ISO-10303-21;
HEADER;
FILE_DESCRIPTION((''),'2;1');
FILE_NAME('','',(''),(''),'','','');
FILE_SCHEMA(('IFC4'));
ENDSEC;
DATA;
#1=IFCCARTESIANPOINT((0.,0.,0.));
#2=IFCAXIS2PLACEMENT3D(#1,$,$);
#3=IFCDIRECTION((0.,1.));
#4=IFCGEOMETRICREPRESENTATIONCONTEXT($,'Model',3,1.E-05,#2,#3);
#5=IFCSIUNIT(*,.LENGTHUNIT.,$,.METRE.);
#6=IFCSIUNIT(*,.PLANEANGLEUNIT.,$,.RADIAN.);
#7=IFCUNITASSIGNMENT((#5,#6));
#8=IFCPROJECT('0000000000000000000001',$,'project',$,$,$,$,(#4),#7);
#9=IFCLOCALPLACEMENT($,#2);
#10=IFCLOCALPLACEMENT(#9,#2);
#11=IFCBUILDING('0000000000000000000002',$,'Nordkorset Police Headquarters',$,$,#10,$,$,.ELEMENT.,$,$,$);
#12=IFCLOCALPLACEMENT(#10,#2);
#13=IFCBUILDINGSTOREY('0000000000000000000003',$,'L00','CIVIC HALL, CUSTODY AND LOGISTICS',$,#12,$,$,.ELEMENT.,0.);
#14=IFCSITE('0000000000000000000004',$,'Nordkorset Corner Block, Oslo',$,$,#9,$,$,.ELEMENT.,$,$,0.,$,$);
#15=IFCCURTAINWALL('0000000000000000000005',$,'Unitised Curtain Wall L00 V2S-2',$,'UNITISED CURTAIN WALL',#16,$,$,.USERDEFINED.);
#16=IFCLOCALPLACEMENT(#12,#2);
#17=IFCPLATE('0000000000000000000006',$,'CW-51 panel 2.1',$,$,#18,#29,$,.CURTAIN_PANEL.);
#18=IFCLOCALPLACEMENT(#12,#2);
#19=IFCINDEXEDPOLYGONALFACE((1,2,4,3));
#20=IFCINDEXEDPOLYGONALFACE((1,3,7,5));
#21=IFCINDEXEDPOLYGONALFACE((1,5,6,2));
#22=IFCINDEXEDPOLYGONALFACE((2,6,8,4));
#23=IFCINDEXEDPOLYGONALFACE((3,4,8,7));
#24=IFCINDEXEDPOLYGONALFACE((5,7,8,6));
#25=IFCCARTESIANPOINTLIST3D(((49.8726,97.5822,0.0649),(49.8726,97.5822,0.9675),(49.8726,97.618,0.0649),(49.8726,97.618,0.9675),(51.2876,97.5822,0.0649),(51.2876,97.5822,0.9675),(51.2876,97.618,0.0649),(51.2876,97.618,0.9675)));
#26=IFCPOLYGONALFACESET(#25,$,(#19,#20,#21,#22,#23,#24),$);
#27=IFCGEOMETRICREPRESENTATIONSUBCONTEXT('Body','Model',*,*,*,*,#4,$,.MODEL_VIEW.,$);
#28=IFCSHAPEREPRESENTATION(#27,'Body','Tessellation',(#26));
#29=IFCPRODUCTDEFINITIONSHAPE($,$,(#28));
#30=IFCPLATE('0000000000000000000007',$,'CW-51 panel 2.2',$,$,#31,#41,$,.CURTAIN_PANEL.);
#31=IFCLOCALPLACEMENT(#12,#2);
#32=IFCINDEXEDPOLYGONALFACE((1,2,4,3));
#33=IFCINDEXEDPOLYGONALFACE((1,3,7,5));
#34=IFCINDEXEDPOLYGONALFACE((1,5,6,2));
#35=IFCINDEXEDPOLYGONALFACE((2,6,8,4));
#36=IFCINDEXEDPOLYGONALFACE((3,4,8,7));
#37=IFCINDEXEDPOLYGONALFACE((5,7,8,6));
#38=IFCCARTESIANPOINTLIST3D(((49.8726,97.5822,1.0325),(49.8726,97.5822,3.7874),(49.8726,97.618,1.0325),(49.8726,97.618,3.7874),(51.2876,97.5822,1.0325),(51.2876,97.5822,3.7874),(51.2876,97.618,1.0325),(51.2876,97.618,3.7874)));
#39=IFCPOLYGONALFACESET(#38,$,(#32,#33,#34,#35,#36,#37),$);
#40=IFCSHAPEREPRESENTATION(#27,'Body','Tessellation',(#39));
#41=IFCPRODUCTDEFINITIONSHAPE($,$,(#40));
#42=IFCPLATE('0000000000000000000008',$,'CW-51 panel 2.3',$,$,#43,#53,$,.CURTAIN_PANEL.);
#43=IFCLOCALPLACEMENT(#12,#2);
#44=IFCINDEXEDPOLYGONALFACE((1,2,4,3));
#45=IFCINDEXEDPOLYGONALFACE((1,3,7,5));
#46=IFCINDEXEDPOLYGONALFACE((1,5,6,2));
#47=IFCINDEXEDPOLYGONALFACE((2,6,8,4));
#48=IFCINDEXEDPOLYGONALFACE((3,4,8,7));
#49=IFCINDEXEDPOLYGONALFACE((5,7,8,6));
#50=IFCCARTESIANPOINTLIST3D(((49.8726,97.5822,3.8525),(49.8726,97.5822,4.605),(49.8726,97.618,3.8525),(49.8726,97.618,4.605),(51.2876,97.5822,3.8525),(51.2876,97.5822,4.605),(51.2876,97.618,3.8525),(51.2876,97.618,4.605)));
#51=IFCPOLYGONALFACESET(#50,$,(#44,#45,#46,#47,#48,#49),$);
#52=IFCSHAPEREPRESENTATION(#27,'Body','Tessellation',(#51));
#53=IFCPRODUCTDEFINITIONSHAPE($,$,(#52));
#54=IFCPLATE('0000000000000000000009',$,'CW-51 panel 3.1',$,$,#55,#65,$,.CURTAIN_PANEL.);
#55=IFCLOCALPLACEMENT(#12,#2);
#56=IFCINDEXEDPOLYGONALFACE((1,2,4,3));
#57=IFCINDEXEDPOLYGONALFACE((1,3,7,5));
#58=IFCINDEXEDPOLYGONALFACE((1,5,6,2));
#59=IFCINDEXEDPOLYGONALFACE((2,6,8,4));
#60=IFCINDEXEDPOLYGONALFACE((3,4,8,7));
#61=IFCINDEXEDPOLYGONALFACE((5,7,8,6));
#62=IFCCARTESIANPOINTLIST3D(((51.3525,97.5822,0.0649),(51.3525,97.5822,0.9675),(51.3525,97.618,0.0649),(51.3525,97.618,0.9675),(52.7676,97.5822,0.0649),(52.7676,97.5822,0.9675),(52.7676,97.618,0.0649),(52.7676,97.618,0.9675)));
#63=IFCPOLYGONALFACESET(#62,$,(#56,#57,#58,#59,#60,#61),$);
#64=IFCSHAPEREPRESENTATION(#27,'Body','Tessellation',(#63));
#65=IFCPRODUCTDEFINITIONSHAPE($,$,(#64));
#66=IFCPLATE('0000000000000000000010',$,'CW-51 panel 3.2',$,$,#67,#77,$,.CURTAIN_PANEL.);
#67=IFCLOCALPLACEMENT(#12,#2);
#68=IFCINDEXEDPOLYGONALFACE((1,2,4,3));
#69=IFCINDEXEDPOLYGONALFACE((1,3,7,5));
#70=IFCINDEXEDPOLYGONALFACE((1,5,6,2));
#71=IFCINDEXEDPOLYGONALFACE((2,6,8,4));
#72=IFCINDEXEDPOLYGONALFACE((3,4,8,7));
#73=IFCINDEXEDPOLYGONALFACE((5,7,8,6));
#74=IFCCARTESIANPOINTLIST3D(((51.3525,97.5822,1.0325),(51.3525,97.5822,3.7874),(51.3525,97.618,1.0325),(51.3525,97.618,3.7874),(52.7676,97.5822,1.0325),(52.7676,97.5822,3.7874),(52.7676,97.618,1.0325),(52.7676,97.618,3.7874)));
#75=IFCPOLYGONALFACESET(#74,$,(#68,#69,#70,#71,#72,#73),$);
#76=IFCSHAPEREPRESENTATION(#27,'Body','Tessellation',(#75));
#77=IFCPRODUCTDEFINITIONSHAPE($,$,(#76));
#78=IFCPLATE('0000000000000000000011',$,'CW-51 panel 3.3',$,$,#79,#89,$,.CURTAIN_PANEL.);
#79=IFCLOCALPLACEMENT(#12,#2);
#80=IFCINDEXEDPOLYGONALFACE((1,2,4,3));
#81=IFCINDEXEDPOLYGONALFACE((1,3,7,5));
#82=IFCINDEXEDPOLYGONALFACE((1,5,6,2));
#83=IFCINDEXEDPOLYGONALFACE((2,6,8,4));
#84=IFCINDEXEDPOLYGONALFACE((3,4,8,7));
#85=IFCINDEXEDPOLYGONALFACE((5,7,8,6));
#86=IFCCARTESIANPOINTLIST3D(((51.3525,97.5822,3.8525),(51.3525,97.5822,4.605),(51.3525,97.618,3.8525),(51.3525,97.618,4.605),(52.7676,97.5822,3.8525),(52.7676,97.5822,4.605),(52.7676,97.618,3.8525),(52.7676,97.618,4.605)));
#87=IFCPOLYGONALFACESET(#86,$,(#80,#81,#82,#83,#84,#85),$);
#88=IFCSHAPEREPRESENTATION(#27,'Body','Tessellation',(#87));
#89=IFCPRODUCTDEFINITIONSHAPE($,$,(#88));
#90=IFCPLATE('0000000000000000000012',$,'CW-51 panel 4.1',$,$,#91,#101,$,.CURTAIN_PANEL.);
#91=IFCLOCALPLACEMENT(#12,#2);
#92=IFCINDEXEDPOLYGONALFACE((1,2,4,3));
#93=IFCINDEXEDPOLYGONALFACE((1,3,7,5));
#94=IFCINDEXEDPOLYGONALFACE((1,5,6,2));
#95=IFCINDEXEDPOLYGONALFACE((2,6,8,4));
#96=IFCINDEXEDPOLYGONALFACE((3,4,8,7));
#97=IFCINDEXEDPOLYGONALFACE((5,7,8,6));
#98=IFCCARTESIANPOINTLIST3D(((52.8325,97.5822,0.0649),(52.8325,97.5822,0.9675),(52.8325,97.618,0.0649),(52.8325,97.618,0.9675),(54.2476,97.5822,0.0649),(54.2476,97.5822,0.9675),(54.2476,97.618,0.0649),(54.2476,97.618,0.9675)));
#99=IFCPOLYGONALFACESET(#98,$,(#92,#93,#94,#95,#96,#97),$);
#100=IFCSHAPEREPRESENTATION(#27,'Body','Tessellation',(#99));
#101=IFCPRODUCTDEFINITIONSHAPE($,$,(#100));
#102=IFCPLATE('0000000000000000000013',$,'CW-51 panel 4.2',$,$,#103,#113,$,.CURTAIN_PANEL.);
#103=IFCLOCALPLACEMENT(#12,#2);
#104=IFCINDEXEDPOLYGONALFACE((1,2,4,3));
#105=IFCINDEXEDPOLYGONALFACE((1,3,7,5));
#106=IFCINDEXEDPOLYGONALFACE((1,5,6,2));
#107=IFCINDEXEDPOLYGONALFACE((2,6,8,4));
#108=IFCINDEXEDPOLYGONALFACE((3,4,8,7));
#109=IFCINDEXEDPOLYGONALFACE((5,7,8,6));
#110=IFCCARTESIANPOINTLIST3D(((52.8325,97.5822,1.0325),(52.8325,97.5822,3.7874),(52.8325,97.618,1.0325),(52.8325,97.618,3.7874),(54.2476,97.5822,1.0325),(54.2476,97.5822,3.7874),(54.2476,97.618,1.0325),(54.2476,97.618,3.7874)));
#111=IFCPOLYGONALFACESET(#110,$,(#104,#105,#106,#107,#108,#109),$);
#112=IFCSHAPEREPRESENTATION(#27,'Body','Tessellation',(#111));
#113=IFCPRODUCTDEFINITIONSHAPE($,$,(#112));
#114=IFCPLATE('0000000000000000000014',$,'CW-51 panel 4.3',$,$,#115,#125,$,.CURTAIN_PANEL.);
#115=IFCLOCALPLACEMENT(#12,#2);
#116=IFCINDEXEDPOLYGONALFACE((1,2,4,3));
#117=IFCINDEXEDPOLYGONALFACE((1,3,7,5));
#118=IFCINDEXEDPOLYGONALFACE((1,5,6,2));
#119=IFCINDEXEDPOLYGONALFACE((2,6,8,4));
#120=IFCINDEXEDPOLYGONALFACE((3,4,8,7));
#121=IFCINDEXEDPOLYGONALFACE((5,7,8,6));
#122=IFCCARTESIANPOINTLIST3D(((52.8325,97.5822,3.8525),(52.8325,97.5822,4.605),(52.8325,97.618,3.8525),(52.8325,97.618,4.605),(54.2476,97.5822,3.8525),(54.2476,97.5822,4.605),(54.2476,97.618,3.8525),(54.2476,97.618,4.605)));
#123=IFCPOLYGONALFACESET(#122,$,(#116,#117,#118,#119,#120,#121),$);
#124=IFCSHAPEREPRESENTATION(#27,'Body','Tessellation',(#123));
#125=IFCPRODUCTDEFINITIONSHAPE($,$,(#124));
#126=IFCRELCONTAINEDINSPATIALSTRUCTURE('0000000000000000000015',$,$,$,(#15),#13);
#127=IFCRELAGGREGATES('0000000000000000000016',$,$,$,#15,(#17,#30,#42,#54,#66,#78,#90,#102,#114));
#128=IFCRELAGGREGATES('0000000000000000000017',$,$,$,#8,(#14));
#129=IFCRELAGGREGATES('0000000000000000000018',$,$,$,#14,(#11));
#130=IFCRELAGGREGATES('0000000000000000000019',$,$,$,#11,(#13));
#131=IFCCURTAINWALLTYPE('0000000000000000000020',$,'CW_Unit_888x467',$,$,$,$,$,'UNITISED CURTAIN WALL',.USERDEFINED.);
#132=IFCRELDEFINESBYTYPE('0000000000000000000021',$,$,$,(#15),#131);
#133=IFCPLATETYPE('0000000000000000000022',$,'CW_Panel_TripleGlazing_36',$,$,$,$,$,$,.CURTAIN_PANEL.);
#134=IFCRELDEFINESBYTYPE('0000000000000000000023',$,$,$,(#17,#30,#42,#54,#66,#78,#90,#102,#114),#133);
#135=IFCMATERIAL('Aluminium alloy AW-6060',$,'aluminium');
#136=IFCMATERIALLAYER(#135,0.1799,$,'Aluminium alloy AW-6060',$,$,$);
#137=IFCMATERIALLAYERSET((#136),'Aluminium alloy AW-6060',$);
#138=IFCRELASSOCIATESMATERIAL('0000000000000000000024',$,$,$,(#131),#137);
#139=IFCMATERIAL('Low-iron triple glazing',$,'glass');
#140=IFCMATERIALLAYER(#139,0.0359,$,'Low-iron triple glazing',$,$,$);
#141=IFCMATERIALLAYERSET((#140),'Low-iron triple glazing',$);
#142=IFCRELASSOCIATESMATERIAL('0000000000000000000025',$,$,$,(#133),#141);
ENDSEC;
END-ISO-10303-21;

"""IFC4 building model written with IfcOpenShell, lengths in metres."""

from ifc_helpers import new_model, si_unit, direction, frame, origin, origin_2d, place, context, subcontext, project, spatial, rectangle, extrude, material, layer, layer_set, type_object, element, aggregate, save


model = new_model("IFC4")

# Units and contexts
model_context = context("Model", 3, precision=1e-05, world=origin(), true_north=direction((0.0, 1.0)))
body_context = subcontext(model_context, "Body", "Model", "MODEL_VIEW")
ifc_project = project(units=[si_unit("LENGTHUNIT", "METRE"), si_unit("PLANEANGLEUNIT", "RADIAN")], contexts=[model_context])

# Site, building, storey
site_placement = place(None, origin())
site = spatial("IfcSite", under=ifc_project, at=site_placement, Name="Nordkorset Corner Block, Oslo", CompositionType="ELEMENT", RefElevation=0.0)
building_placement = place(site_placement, origin())
building = spatial("IfcBuilding", under=site, at=building_placement, Name="Nordkorset Police Headquarters", CompositionType="ELEMENT")
storey_placement = place(building_placement, origin())
storey = spatial("IfcBuildingStorey", under=building, at=storey_placement, Name="L00", Description="CIVIC HALL, CUSTODY AND LOGISTICS", CompositionType="ELEMENT", Elevation=0.0)

# Curtain wall, plates
ifc_material_1 = material(Name="Aluminium alloy AW-6060", Category="aluminium")
ifc_layer_1 = layer(ifc_material_1, 0.1799, Name="Aluminium alloy AW-6060")
ifc_layer_set_1 = layer_set([ifc_layer_1], Name="Aluminium alloy AW-6060")
curtain_wall_type = type_object("IfcCurtainWallType", Name="CW_Unit_888x467", ElementType="UNITISED CURTAIN WALL", PredefinedType="USERDEFINED", material=ifc_layer_set_1)
curtain_wall_placement = place(storey_placement, origin())
curtain_wall = element("IfcCurtainWall", 1, at=curtain_wall_placement, inside=storey, type_object=curtain_wall_type, Name="Unitised Curtain Wall L00 V2S-2", ObjectType="UNITISED CURTAIN WALL", PredefinedType="USERDEFINED")
ifc_material_2 = material(Name="Low-iron triple glazing", Category="glass")
ifc_layer_2 = layer(ifc_material_2, 0.0359, Name="Low-iron triple glazing")
ifc_layer_set_2 = layer_set([ifc_layer_2], Name="Low-iron triple glazing")
plate_type = type_object("IfcPlateType", Name="CW_Panel_TripleGlazing_36", PredefinedType="CURTAIN_PANEL", material=ifc_layer_set_2)
plate_1_placement = place(storey_placement, frame((50.5801, 97.6001, 0.0649), z_axis=(0.0, 0.0, 1.0), x_axis=(1.0, 0.0, 0.0)))
plate_1 = element("IfcPlate", 2, at=plate_1_placement, type_object=plate_type, Name="CW-51 panel 2.1", PredefinedType="CURTAIN_PANEL", context=body_context, shape_type="SweptSolid", body=[
    extrude(rectangle(XDim=1.415, YDim=0.0359, at=origin_2d()), origin(), (0.0, 0.0, 1.0), 0.9026),
])
plate_2_placement = place(storey_placement, frame((50.5801, 97.6001, 1.0325), z_axis=(0.0, 0.0, 1.0), x_axis=(1.0, 0.0, 0.0)))
plate_2 = element("IfcPlate", 3, at=plate_2_placement, type_object=plate_type, Name="CW-51 panel 2.2", PredefinedType="CURTAIN_PANEL", context=body_context, shape_type="SweptSolid", body=[
    extrude(rectangle(XDim=1.415, YDim=0.0359, at=origin_2d()), origin(), (0.0, 0.0, 1.0), 2.7549),
])
plate_3_placement = place(storey_placement, frame((50.5801, 97.6001, 3.8525), z_axis=(0.0, 0.0, 1.0), x_axis=(1.0, 0.0, 0.0)))
plate_3 = element("IfcPlate", 4, at=plate_3_placement, type_object=plate_type, Name="CW-51 panel 2.3", PredefinedType="CURTAIN_PANEL", context=body_context, shape_type="SweptSolid", body=[
    extrude(rectangle(XDim=1.415, YDim=0.0359, at=origin_2d()), origin(), (0.0, 0.0, 1.0), 0.7524),
])
plate_4_placement = place(storey_placement, frame((52.0601, 97.6001, 0.0649), z_axis=(0.0, 0.0, 1.0), x_axis=(1.0, 0.0, 0.0)))
plate_4 = element("IfcPlate", 5, at=plate_4_placement, type_object=plate_type, Name="CW-51 panel 3.1", PredefinedType="CURTAIN_PANEL", context=body_context, shape_type="SweptSolid", body=[
    extrude(rectangle(XDim=1.415, YDim=0.0359, at=origin_2d()), origin(), (0.0, 0.0, 1.0), 0.9026),
])
plate_5_placement = place(storey_placement, frame((52.0601, 97.6001, 1.0325), z_axis=(0.0, 0.0, 1.0), x_axis=(1.0, 0.0, 0.0)))
plate_5 = element("IfcPlate", 6, at=plate_5_placement, type_object=plate_type, Name="CW-51 panel 3.2", PredefinedType="CURTAIN_PANEL", context=body_context, shape_type="SweptSolid", body=[
    extrude(rectangle(XDim=1.415, YDim=0.0359, at=origin_2d()), origin(), (0.0, 0.0, 1.0), 2.7549),
])
plate_6_placement = place(storey_placement, frame((52.0601, 97.6001, 3.8525), z_axis=(0.0, 0.0, 1.0), x_axis=(1.0, 0.0, 0.0)))
plate_6 = element("IfcPlate", 7, at=plate_6_placement, type_object=plate_type, Name="CW-51 panel 3.3", PredefinedType="CURTAIN_PANEL", context=body_context, shape_type="SweptSolid", body=[
    extrude(rectangle(XDim=1.415, YDim=0.0359, at=origin_2d()), origin(), (0.0, 0.0, 1.0), 0.7524),
])
plate_7_placement = place(storey_placement, frame((53.54, 97.6001, 0.0649), z_axis=(0.0, 0.0, 1.0), x_axis=(1.0, 0.0, 0.0)))
plate_7 = element("IfcPlate", 8, at=plate_7_placement, type_object=plate_type, Name="CW-51 panel 4.1", PredefinedType="CURTAIN_PANEL", context=body_context, shape_type="SweptSolid", body=[
    extrude(rectangle(XDim=1.415, YDim=0.0359, at=origin_2d()), origin(), (0.0, 0.0, 1.0), 0.9026),
])
plate_8_placement = place(storey_placement, frame((53.54, 97.6001, 1.0325), z_axis=(0.0, 0.0, 1.0), x_axis=(1.0, 0.0, 0.0)))
plate_8 = element("IfcPlate", 9, at=plate_8_placement, type_object=plate_type, Name="CW-51 panel 4.2", PredefinedType="CURTAIN_PANEL", context=body_context, shape_type="SweptSolid", body=[
    extrude(rectangle(XDim=1.415, YDim=0.0359, at=origin_2d()), origin(), (0.0, 0.0, 1.0), 2.7549),
])
plate_9_placement = place(storey_placement, frame((53.54, 97.6001, 3.8525), z_axis=(0.0, 0.0, 1.0), x_axis=(1.0, 0.0, 0.0)))
plate_9 = element("IfcPlate", 10, at=plate_9_placement, type_object=plate_type, Name="CW-51 panel 4.3", PredefinedType="CURTAIN_PANEL", context=body_context, shape_type="SweptSolid", body=[
    extrude(rectangle(XDim=1.415, YDim=0.0359, at=origin_2d()), origin(), (0.0, 0.0, 1.0), 0.7524),
])
aggregate(curtain_wall, [plate_1, plate_2, plate_3, plate_4, plate_5, plate_6, plate_7, plate_8, plate_9])

save(model, "model.ifc")
